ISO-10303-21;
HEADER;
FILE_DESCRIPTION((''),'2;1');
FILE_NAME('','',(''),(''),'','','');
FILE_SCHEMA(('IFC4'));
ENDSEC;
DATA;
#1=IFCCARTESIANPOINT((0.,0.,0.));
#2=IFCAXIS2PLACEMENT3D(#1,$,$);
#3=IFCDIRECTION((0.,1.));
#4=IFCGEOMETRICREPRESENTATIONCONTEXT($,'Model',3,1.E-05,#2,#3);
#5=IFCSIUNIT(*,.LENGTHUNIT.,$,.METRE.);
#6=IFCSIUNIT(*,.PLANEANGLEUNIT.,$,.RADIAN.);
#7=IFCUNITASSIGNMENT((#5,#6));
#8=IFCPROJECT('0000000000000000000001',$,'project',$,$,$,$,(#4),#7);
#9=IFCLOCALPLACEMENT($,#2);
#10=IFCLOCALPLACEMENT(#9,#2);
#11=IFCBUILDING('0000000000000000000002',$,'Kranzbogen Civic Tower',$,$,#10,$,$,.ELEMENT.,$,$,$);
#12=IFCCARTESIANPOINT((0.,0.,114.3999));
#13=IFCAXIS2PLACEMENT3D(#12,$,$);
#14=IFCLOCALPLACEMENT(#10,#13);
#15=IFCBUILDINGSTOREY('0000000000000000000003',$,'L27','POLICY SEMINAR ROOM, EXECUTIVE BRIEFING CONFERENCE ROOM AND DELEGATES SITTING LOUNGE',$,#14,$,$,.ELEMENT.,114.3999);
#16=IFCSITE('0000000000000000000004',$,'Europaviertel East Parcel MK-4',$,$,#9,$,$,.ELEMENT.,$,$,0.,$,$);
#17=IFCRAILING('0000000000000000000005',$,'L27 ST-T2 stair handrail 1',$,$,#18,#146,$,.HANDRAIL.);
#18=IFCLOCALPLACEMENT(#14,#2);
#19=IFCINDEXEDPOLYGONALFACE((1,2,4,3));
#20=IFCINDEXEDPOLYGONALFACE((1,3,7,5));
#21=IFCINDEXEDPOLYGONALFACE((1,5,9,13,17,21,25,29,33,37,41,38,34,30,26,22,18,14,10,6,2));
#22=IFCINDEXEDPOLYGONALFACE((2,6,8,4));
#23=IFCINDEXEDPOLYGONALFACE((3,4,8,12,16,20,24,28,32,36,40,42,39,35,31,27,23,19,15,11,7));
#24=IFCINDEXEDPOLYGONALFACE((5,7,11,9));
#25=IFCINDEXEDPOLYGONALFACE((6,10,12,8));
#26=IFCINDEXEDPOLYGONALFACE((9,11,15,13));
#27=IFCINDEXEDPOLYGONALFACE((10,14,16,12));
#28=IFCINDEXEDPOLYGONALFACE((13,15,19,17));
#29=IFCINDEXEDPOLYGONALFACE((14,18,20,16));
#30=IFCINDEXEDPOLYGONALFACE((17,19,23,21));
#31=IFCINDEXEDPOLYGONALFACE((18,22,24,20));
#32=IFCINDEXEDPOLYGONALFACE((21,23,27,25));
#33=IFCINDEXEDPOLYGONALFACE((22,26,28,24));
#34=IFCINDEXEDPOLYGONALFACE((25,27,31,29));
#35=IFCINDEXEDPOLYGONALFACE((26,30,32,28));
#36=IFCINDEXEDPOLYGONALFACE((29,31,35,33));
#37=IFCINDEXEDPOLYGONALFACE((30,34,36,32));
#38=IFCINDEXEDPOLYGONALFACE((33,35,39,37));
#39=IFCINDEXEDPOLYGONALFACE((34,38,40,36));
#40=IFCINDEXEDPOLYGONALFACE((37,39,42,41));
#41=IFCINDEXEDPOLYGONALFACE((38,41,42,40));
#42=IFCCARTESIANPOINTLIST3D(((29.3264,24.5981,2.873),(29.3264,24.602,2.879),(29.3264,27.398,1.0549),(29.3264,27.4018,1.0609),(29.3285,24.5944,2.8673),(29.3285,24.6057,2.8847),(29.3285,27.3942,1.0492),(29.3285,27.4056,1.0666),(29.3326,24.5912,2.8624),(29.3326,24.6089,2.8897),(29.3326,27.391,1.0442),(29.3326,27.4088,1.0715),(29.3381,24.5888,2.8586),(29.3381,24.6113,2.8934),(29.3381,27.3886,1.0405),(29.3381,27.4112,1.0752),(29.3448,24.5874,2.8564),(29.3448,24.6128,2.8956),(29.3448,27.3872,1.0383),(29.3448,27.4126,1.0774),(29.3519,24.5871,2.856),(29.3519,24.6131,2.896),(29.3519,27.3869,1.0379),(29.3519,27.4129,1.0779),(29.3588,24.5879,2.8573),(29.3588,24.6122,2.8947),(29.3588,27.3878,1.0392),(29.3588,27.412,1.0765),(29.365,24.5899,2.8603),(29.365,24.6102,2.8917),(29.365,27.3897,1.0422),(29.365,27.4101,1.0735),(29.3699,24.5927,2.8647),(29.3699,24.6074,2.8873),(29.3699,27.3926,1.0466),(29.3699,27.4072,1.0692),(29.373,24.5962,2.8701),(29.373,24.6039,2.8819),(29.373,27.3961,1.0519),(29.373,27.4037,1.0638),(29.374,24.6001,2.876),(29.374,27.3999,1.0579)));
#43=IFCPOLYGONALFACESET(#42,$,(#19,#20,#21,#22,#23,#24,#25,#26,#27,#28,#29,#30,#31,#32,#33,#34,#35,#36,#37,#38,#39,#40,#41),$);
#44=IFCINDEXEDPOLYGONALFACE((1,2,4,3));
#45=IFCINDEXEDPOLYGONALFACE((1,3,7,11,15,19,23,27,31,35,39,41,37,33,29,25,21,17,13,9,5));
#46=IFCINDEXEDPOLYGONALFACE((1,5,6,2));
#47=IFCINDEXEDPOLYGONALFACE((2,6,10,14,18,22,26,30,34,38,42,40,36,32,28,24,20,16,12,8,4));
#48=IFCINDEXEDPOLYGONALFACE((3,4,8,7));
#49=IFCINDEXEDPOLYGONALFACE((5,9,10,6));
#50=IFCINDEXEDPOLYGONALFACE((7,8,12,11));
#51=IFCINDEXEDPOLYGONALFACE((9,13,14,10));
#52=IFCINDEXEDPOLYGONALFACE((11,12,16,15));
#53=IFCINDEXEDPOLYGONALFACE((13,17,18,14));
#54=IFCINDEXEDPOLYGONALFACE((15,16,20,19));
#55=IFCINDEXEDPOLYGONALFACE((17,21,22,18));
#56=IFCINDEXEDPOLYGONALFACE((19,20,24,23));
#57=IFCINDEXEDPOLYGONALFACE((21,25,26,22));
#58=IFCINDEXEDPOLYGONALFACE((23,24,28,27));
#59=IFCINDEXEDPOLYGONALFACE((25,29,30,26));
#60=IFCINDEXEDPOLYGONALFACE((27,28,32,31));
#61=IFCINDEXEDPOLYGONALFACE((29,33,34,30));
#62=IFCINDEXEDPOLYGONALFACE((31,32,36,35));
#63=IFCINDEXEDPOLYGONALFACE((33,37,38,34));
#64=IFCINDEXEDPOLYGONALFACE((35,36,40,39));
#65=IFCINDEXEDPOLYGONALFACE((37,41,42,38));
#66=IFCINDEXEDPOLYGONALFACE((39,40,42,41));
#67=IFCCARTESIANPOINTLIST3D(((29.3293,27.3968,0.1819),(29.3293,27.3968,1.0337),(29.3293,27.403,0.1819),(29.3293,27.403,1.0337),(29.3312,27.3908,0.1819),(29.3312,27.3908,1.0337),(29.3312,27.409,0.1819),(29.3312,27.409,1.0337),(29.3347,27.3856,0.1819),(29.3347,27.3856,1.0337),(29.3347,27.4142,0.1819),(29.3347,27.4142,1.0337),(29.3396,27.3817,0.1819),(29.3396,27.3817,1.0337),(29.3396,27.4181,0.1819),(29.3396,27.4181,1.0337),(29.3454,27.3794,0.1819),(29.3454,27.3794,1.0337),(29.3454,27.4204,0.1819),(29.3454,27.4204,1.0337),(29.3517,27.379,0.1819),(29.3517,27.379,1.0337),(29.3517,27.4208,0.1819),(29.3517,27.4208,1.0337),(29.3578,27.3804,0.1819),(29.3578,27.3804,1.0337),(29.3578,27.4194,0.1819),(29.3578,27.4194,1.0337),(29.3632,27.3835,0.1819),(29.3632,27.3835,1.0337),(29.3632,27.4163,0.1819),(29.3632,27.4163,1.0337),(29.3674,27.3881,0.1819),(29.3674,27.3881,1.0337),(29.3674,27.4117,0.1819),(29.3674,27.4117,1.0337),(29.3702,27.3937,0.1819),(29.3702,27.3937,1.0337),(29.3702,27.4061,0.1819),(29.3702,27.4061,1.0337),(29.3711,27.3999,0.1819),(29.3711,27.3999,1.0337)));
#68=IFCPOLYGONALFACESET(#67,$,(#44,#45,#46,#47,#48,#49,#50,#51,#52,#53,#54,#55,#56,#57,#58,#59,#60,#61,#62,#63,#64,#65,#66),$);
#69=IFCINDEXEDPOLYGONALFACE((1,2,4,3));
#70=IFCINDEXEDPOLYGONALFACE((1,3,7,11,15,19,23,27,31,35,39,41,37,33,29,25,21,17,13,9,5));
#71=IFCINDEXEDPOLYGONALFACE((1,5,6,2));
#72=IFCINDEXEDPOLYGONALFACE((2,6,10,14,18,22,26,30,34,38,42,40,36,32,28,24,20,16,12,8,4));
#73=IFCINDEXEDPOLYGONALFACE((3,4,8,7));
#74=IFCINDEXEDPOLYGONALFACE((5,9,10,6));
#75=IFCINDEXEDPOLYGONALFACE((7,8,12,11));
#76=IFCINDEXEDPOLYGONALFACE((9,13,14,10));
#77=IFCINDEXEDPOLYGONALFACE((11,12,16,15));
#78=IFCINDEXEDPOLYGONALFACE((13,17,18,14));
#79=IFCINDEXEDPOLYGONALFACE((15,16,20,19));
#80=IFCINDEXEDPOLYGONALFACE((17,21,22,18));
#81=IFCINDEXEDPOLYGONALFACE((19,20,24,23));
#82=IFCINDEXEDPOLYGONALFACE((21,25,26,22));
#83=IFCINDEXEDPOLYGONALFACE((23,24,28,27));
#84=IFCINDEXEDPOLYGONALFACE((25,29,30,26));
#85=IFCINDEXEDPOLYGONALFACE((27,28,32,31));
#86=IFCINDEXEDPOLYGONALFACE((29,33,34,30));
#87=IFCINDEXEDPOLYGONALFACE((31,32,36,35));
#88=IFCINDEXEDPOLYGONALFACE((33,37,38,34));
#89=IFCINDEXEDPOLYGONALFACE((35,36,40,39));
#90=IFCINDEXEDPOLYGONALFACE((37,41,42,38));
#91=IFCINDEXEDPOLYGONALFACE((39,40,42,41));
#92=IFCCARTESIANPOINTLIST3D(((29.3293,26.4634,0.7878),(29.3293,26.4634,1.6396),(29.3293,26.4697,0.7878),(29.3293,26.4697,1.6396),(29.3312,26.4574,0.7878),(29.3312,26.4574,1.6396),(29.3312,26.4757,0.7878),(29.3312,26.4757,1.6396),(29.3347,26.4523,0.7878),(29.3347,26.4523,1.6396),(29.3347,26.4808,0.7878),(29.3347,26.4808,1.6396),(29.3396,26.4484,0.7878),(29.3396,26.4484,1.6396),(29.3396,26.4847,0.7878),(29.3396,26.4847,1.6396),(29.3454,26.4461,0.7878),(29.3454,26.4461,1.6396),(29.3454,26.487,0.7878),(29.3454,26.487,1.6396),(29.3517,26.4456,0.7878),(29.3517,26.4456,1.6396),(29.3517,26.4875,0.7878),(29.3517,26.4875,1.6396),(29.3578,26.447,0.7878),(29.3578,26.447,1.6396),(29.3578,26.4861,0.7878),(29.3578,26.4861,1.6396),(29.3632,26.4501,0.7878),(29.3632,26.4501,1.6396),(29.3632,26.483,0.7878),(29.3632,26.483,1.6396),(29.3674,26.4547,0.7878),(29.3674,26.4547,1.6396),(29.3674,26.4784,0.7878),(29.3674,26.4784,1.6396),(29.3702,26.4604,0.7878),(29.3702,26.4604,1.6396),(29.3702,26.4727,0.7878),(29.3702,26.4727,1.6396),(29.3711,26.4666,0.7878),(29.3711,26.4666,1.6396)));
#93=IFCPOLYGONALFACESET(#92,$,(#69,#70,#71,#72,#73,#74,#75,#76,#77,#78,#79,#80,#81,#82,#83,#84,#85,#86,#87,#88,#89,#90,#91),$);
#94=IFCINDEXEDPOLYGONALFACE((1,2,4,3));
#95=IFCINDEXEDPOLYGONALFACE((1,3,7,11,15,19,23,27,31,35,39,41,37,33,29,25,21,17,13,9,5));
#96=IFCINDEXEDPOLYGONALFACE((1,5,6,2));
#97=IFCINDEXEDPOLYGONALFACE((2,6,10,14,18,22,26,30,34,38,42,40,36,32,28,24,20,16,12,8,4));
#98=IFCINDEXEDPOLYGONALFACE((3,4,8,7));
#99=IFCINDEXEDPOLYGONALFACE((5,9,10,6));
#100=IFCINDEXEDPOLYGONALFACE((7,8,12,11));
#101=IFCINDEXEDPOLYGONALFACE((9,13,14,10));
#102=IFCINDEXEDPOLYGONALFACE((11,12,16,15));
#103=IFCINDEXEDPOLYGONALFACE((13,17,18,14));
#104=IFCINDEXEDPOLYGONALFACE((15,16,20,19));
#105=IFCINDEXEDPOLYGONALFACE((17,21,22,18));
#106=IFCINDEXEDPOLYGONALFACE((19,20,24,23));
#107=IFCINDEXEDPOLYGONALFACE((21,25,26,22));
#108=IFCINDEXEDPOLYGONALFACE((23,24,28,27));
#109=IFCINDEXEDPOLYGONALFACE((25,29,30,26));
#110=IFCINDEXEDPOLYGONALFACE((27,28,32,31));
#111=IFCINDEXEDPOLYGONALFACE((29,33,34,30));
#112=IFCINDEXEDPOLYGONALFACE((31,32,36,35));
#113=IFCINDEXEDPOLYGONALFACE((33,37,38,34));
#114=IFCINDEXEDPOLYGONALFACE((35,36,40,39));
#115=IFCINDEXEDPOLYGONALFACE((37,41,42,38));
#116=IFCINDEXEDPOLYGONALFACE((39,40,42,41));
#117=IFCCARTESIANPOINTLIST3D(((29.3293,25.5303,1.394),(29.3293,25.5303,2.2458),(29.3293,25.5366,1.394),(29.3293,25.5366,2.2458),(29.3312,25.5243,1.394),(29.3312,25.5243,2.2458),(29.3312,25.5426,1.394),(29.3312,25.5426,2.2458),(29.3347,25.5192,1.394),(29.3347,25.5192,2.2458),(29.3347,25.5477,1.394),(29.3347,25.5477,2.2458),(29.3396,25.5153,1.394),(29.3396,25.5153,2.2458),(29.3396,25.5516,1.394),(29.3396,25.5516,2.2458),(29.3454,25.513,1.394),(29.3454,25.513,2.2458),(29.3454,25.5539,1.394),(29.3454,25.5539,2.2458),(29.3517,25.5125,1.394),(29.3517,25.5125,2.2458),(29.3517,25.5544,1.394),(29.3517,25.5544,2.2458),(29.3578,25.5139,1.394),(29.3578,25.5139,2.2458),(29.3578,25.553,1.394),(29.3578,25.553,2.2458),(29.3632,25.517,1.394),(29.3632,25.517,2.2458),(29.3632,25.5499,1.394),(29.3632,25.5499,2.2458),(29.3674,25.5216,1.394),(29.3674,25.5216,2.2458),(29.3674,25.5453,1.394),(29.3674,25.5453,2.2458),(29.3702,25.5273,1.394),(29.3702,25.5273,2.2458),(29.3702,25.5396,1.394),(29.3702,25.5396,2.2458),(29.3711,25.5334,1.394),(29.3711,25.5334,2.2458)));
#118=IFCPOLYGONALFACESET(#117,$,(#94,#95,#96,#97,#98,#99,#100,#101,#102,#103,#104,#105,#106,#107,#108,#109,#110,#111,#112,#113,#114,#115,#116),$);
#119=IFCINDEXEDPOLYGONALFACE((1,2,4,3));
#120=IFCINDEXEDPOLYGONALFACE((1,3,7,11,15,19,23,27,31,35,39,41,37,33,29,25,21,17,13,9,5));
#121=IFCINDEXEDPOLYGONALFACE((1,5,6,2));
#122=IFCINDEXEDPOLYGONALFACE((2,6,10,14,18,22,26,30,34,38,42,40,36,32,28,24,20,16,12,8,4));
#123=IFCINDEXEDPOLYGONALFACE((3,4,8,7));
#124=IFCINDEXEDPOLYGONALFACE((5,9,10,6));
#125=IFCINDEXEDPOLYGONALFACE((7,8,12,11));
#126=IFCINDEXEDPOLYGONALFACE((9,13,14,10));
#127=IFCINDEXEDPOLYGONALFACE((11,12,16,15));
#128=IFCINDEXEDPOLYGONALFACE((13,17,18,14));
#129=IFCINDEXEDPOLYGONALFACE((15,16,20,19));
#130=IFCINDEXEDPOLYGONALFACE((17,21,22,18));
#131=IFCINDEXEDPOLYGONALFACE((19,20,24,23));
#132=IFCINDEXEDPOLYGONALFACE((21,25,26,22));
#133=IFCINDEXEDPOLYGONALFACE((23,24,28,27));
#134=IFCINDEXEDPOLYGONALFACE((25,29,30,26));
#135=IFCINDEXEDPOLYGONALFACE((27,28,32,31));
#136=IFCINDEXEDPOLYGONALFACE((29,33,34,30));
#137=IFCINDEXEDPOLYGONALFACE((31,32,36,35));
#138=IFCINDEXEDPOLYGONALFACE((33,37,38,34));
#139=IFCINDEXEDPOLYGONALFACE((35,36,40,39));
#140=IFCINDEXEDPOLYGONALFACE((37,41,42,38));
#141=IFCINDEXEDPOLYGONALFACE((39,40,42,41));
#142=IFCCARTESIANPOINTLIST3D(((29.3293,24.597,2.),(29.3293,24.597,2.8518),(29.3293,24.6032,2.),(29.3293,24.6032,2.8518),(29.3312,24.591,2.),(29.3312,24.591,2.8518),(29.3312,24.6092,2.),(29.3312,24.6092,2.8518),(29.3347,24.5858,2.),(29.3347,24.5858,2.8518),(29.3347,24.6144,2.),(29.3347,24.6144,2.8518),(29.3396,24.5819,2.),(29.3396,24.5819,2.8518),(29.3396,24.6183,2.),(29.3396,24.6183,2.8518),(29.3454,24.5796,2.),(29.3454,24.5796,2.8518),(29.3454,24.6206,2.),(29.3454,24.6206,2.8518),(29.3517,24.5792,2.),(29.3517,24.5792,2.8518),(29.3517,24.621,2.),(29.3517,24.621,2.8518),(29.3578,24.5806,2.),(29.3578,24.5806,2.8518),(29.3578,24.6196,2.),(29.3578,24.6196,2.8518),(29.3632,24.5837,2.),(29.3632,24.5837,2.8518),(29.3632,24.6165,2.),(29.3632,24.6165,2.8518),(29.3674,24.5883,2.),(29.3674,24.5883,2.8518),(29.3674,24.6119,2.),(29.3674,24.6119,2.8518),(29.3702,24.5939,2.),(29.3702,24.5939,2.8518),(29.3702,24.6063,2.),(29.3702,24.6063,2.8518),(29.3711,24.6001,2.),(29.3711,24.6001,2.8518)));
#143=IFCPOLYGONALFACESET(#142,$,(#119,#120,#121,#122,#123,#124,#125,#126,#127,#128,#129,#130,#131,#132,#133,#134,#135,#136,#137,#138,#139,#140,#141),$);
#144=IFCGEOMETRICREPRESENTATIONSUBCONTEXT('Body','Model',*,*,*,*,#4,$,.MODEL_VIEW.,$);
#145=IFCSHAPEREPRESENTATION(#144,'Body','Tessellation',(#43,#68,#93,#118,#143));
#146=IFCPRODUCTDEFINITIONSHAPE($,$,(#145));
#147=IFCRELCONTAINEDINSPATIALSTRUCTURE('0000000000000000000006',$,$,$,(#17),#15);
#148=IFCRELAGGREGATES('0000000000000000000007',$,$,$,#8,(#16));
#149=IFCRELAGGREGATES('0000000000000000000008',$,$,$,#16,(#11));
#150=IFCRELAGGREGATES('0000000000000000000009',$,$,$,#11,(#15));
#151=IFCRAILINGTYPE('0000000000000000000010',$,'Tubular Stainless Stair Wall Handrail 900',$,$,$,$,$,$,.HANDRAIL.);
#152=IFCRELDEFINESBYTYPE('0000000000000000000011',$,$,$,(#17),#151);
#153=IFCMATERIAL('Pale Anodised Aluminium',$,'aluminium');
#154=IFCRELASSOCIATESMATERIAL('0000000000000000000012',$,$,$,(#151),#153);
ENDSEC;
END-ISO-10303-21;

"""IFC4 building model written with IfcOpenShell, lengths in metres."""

from ifc_helpers import new_model, si_unit, direction, frame, origin, origin_2d, place, context, subcontext, project, spatial, circle, extrude, material, type_object, element, save


model = new_model("IFC4")

# Units and contexts
model_context = context("Model", 3, precision=1e-05, world=origin(), true_north=direction((0.0, 1.0)))
body_context = subcontext(model_context, "Body", "Model", "MODEL_VIEW")
ifc_project = project(units=[si_unit("LENGTHUNIT", "METRE"), si_unit("PLANEANGLEUNIT", "RADIAN")], contexts=[model_context])

# Site, building, storey
site_placement = place(None, origin())
site = spatial("IfcSite", under=ifc_project, at=site_placement, Name="Europaviertel East Parcel MK-4", CompositionType="ELEMENT", RefElevation=0.0)
building_placement = place(site_placement, origin())
building = spatial("IfcBuilding", under=site, at=building_placement, Name="Kranzbogen Civic Tower", CompositionType="ELEMENT")
storey_placement = place(building_placement, frame((0.0, 0.0, 114.3999)))
storey = spatial("IfcBuildingStorey", under=building, at=storey_placement, Name="L27", Description="POLICY SEMINAR ROOM, EXECUTIVE BRIEFING CONFERENCE ROOM AND DELEGATES SITTING LOUNGE", CompositionType="ELEMENT", Elevation=114.3999)

# Shared definitions
ifc_material_1 = material(Name="Pale Anodised Aluminium", Category="aluminium")

# Railing
railing_type_1 = type_object("IfcRailingType", Name="Tubular Stainless Stair Wall Handrail 900", PredefinedType="HANDRAIL", material=ifc_material_1)
railing_1_placement = place(storey_placement, frame((29.3501, 27.3999, 0.1819)))
element("IfcRailing", 1, at=railing_1_placement, inside=storey, type_object=railing_type_1, Name="L27 ST-T2 stair handrail 1", PredefinedType="HANDRAIL", context=body_context, shape_type="SweptSolid", body=[
    extrude(circle(Radius=0.0239, at=origin_2d()), frame((0.0, 0.0, 0.876), z_axis=(0.0, -0.838684, 0.544618), x_axis=(1.0, 0.0, 0.0)), (0.0, 0.0, 1.0), 3.3384),
    extrude(circle(Radius=0.021, at=origin_2d()), origin(), (0.0, 0.0, 1.0), 0.8518),
    extrude(circle(Radius=0.021, at=origin_2d()), frame((0.0, -0.9333, 0.606)), (0.0, 0.0, 1.0), 0.8518),
    extrude(circle(Radius=0.021, at=origin_2d()), frame((0.0, -1.8665, 1.2122)), (0.0, 0.0, 1.0), 0.8518),
    extrude(circle(Radius=0.021, at=origin_2d()), frame((0.0, -2.7998, 1.8181)), (0.0, 0.0, 1.0), 0.8518),
])

save(model, "model.ifc")
